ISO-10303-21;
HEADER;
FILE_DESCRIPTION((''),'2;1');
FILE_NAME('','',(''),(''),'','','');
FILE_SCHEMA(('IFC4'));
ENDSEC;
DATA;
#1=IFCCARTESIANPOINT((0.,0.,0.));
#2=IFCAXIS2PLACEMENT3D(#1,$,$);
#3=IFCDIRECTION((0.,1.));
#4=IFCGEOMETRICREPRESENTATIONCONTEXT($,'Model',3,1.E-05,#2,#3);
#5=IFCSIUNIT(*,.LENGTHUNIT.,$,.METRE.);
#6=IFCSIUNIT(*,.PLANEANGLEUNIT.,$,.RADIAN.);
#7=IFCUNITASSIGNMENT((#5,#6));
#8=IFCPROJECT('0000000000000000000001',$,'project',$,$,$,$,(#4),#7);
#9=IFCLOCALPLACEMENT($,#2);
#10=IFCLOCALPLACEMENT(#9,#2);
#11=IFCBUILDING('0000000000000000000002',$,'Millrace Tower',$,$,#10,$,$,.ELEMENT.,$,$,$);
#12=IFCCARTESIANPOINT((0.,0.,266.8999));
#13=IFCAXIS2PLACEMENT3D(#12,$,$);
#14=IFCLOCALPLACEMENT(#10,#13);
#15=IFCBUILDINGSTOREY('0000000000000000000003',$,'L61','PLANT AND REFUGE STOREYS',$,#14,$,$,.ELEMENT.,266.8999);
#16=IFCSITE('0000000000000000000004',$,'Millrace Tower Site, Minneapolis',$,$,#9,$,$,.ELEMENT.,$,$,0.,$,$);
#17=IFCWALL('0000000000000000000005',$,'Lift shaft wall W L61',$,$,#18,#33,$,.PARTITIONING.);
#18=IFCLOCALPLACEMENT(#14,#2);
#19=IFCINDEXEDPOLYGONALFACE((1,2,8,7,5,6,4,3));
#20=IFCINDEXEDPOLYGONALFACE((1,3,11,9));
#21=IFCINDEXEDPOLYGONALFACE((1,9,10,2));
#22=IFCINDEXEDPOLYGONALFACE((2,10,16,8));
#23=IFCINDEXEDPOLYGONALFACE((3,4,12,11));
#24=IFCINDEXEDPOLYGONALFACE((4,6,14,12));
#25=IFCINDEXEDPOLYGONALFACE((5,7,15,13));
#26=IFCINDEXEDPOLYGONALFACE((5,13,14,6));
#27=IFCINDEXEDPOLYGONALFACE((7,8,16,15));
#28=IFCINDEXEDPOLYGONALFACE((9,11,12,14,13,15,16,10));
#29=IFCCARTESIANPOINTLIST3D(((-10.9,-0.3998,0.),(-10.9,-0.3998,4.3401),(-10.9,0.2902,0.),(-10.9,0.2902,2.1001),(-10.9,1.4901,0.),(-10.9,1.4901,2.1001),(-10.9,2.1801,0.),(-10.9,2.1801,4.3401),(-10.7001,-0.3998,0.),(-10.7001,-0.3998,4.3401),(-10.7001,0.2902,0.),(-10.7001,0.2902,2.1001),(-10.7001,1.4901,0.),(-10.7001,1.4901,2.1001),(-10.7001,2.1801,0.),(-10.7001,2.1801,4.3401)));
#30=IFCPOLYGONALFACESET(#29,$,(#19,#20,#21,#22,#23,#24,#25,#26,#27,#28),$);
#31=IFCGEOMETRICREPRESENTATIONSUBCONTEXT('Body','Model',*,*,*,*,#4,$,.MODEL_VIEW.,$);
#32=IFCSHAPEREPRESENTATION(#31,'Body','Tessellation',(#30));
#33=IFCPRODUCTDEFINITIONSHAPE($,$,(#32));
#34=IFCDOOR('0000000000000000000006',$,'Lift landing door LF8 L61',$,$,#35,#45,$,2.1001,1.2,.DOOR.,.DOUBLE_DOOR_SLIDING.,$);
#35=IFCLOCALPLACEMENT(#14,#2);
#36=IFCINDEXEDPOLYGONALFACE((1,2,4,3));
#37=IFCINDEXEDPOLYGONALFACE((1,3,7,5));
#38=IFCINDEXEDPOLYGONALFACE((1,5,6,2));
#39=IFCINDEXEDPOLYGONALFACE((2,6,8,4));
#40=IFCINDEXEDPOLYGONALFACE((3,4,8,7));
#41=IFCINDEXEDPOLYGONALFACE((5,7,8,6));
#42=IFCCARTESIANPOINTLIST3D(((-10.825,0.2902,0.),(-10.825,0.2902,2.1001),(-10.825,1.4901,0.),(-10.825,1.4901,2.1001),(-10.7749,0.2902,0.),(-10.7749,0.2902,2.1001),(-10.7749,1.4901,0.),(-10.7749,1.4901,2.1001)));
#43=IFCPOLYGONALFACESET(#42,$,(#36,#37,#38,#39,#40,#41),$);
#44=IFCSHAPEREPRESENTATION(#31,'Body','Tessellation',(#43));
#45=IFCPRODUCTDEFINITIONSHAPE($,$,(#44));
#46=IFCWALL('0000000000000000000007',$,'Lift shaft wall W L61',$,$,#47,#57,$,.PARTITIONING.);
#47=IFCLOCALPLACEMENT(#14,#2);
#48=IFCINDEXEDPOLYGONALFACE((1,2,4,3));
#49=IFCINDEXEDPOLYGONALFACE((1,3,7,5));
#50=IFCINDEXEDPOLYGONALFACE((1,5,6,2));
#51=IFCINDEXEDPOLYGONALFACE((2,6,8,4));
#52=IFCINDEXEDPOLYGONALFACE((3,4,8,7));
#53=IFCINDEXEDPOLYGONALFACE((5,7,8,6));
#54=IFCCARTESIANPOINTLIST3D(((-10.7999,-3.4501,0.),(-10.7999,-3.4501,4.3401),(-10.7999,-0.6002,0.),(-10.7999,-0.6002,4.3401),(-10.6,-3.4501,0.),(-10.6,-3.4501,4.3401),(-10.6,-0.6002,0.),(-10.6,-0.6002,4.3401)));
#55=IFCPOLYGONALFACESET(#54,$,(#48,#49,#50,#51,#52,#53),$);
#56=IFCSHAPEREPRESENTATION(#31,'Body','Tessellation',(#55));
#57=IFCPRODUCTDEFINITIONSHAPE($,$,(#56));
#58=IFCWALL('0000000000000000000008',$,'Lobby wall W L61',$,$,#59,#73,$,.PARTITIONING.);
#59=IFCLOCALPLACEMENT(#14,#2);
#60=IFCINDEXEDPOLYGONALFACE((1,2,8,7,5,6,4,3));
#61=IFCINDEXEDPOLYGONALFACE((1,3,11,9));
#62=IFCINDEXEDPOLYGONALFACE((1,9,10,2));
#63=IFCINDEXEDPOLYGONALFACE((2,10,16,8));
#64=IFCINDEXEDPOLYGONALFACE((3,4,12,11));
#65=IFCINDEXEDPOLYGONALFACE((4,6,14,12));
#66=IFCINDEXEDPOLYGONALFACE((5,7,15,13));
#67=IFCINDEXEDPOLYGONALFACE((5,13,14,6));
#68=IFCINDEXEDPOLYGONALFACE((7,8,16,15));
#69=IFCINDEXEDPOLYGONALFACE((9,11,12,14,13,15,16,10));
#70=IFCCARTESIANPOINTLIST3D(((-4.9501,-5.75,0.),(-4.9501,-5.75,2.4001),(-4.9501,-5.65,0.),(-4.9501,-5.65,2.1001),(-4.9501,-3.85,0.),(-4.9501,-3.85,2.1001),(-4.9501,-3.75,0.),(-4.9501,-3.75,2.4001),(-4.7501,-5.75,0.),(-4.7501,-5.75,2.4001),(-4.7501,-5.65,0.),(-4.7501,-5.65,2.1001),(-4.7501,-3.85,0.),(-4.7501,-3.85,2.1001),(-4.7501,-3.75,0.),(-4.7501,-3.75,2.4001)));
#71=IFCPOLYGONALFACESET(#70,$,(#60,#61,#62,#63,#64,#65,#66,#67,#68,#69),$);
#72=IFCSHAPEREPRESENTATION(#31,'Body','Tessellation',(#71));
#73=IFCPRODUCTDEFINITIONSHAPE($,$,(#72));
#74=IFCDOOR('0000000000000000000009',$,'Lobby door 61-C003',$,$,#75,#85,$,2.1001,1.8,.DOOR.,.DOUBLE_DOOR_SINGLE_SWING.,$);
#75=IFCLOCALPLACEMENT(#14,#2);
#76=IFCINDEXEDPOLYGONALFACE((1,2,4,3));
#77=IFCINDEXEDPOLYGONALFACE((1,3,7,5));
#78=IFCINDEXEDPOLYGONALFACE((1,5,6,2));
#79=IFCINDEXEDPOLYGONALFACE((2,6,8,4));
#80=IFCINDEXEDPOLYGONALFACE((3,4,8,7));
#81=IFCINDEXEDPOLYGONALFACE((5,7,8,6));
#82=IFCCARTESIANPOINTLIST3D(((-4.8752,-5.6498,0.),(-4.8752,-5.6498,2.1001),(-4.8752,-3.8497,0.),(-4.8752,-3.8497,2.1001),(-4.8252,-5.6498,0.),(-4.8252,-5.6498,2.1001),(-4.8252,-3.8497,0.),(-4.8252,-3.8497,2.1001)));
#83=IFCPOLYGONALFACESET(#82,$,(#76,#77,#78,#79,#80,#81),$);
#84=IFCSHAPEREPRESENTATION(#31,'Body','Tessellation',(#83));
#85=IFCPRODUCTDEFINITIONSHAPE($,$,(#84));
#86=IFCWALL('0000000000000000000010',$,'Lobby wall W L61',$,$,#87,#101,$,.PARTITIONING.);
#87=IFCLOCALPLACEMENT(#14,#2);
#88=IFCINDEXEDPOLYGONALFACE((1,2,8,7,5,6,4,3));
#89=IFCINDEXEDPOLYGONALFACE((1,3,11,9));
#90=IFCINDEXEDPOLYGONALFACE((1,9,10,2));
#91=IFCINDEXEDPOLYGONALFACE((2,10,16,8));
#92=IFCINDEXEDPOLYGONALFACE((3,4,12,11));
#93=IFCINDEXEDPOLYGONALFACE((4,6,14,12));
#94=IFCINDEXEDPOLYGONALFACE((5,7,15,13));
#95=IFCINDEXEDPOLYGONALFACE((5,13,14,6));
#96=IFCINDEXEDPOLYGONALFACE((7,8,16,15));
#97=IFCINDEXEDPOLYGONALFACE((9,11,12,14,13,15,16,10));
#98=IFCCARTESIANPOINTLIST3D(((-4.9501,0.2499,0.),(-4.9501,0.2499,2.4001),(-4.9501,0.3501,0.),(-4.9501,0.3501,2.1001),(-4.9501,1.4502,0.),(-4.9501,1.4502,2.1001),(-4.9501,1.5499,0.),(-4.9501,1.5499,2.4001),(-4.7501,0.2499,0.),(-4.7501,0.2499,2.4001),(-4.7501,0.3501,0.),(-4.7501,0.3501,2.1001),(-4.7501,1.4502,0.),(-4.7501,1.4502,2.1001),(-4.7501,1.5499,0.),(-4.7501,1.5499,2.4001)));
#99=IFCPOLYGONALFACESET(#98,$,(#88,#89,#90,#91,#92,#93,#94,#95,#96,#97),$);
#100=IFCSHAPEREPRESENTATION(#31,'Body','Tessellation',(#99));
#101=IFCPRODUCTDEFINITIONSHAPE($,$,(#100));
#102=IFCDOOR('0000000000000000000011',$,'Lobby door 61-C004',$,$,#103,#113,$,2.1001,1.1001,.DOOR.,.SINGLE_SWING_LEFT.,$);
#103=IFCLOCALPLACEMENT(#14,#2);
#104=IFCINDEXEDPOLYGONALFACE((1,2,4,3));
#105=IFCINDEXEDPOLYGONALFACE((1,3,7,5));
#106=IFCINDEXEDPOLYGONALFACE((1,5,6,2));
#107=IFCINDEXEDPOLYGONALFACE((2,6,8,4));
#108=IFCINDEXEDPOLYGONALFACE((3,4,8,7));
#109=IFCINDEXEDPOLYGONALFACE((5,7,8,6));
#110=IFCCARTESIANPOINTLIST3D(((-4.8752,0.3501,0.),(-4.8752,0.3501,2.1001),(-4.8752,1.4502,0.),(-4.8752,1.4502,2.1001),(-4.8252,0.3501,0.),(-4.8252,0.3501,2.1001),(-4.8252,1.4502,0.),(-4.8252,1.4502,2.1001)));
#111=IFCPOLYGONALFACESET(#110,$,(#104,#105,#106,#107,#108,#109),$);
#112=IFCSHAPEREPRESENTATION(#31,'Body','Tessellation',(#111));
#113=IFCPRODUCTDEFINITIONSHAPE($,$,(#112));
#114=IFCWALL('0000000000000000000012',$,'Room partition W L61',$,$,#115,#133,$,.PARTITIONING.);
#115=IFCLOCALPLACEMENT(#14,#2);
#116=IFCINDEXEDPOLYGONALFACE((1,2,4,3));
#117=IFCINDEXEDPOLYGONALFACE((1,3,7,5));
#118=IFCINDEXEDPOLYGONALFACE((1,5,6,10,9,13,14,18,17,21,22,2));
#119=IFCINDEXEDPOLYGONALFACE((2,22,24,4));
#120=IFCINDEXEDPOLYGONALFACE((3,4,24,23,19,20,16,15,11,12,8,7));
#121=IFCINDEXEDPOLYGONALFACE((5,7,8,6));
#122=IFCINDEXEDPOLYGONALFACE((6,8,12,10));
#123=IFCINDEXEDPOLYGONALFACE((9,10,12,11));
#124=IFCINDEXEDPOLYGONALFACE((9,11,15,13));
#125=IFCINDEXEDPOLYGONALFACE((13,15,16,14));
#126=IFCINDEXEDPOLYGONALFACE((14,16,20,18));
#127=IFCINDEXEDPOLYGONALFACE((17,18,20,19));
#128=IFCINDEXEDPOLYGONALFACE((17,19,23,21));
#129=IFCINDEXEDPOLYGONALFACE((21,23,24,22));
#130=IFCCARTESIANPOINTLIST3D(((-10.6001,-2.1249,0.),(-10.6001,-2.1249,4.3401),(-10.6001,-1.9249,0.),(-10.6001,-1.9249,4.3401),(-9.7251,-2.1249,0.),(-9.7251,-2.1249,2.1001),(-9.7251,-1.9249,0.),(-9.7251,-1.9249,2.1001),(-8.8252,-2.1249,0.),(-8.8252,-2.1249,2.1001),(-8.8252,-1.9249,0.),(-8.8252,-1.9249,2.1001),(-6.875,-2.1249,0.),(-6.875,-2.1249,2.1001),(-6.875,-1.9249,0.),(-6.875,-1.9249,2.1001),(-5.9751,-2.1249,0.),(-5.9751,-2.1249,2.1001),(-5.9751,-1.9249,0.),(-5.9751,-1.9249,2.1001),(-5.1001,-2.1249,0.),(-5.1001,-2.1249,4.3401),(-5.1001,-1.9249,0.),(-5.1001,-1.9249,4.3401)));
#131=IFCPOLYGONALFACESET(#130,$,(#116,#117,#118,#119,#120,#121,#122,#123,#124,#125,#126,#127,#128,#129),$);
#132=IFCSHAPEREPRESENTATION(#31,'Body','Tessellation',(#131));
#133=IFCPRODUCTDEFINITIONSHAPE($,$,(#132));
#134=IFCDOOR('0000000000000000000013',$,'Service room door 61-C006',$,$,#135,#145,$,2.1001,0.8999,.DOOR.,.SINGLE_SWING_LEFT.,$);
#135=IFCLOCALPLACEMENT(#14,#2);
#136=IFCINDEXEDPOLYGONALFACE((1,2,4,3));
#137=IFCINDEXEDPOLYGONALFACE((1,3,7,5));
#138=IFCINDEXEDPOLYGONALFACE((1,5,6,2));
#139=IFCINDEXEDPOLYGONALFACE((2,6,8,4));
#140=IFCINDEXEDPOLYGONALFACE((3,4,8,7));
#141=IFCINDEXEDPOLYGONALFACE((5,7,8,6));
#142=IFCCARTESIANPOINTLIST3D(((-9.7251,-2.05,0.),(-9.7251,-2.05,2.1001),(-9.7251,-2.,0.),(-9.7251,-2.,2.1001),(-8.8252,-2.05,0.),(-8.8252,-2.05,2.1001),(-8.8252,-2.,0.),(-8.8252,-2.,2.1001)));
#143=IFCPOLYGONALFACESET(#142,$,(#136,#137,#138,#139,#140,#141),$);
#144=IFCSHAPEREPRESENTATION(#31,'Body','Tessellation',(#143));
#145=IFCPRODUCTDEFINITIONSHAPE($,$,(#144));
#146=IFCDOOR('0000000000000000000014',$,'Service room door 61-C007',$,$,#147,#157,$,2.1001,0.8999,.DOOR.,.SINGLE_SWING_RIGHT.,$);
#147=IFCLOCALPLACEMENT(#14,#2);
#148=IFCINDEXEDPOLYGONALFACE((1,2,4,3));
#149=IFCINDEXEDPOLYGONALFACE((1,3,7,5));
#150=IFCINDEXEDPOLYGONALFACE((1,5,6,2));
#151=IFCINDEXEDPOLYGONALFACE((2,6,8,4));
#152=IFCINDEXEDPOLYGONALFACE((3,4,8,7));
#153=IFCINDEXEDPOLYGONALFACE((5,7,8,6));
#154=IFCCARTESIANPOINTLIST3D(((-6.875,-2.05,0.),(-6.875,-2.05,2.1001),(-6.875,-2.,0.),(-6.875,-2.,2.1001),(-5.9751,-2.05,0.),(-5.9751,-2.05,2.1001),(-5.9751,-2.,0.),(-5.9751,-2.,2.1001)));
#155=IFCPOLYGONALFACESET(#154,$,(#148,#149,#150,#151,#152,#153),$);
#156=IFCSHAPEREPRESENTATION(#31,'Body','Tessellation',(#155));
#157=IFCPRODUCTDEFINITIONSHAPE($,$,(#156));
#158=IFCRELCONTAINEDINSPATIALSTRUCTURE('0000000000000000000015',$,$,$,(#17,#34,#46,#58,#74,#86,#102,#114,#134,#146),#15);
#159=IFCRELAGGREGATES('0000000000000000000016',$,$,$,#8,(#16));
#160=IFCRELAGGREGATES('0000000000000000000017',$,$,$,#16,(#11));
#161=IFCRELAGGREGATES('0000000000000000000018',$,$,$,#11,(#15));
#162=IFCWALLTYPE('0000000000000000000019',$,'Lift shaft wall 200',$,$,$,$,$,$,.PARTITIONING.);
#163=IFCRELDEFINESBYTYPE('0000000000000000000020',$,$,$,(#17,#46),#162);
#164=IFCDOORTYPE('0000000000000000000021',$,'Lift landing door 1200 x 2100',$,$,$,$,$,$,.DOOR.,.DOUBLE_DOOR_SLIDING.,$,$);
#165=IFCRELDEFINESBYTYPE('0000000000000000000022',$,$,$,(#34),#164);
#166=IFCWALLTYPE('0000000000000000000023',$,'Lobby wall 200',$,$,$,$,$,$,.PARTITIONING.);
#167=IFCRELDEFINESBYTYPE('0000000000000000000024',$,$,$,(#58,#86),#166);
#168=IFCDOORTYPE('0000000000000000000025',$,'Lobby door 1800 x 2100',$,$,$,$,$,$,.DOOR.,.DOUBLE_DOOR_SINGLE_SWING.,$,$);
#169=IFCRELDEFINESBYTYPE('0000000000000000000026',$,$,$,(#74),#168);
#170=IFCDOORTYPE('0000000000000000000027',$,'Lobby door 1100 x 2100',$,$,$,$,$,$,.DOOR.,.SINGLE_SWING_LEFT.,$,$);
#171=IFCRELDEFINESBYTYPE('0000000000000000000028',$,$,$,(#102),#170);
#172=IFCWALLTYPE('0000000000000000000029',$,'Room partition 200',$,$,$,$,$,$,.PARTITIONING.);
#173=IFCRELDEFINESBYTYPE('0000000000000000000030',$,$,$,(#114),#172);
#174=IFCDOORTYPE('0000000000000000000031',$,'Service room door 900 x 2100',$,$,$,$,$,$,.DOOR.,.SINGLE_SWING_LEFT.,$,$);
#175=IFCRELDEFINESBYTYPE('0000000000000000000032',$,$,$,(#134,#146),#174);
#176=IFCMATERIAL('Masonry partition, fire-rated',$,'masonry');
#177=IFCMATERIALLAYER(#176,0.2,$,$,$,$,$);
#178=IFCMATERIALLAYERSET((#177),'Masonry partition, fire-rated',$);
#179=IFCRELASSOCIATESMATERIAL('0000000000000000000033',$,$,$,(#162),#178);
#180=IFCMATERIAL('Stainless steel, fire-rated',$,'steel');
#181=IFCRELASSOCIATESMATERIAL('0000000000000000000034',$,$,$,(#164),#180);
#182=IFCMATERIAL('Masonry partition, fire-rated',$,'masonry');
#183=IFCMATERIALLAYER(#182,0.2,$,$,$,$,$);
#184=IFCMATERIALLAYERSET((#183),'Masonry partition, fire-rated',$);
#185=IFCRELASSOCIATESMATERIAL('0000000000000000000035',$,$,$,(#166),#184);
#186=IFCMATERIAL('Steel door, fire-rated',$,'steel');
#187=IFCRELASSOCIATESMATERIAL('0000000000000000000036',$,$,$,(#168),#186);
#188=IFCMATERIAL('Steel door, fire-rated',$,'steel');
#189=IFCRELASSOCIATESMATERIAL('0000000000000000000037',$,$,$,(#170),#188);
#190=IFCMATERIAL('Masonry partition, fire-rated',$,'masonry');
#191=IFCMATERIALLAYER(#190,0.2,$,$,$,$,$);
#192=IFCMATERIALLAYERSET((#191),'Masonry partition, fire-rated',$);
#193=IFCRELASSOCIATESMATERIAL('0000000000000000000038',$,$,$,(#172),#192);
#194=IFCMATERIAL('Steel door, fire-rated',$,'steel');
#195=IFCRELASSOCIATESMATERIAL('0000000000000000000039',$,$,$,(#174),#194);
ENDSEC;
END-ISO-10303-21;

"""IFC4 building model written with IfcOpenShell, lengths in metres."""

from ifc_helpers import new_model, si_unit, direction, frame, frame_2d, origin, place, context, subcontext, project, spatial, rectangle, extrude, material, layer, layer_set, type_object, element, fill, save


model = new_model("IFC4")

# Units and contexts
model_context = context("Model", 3, precision=1e-05, world=origin(), true_north=direction((0.0, 1.0)))
body_context = subcontext(model_context, "Body", "Model", "MODEL_VIEW")
ifc_project = project(units=[si_unit("LENGTHUNIT", "METRE"), si_unit("PLANEANGLEUNIT", "RADIAN")], contexts=[model_context])

# Site, building, storey
site_placement = place(None, origin())
site = spatial("IfcSite", under=ifc_project, at=site_placement, Name="Millrace Tower Site, Minneapolis", CompositionType="ELEMENT", RefElevation=0.0)
building_placement = place(site_placement, origin())
building = spatial("IfcBuilding", under=site, at=building_placement, Name="Millrace Tower", CompositionType="ELEMENT")
storey_placement = place(building_placement, frame((0.0, 0.0, 266.8999)))
storey = spatial("IfcBuildingStorey", under=building, at=storey_placement, Name="L61", Description="PLANT AND REFUGE STOREYS", CompositionType="ELEMENT", Elevation=266.8999)

# Wall, opening, door
ifc_material_1 = material(Name="Masonry partition, fire-rated", Category="masonry")
ifc_layer_1 = layer(ifc_material_1, 0.2)
ifc_layer_set_1 = layer_set([ifc_layer_1], Name="Masonry partition, fire-rated")
wall_type_1 = type_object("IfcWallType", Name="Lift shaft wall 200", PredefinedType="PARTITIONING", material=ifc_layer_set_1)
wall_1_placement = place(storey_placement, frame((-10.8, -0.3999, 0.0), z_axis=(0.0, 0.0, 1.0), x_axis=(0.0, 1.0, 0.0)))
wall_1 = element("IfcWall", 1, at=wall_1_placement, inside=storey, type_object=wall_type_1, Name="Lift shaft wall W L61", PredefinedType="PARTITIONING", context=body_context, shape_type="SweptSolid", body=[
    extrude(rectangle(XDim=2.5798, YDim=0.2, at=frame_2d((1.29, 0.0))), origin(), (0.0, 0.0, 1.0), 4.3401),
])
opening_1_placement = place(wall_1_placement, frame((0.6899, 0.0, 0.0)))
opening_1 = element("IfcOpeningElement", 2, at=opening_1_placement, cuts=wall_1, PredefinedType="OPENING", context=body_context, shape_type="SweptSolid", body=[
    extrude(rectangle(XDim=1.2, YDim=2.1001, at=frame_2d((0.6001, 1.05))), frame((0.0, 0.1099, 0.0), z_axis=(0.0, -1.0, 0.0), x_axis=(1.0, 0.0, 0.0)), (0.0, 0.0, 1.0), 0.22),
])
ifc_material_2 = material(Name="Stainless steel, fire-rated", Category="steel")
door_type_1 = type_object("IfcDoorType", Name="Lift landing door 1200 x 2100", OperationType="DOUBLE_DOOR_SLIDING", PredefinedType="DOOR", material=ifc_material_2)
door_1_placement = place(opening_1_placement, origin())
door_1 = element("IfcDoor", 3, at=door_1_placement, inside=storey, type_object=door_type_1, Name="Lift landing door LF8 L61", OperationType="DOUBLE_DOOR_SLIDING", OverallHeight=2.1001, OverallWidth=1.2, PredefinedType="DOOR", context=body_context, shape_type="SweptSolid", body=[
    extrude(rectangle(XDim=1.2, YDim=2.1001, at=frame_2d((0.6001, 1.05))), frame((0.0, 0.0249, 0.0), z_axis=(0.0, -1.0, 0.0), x_axis=(1.0, 0.0, 0.0)), (0.0, 0.0, 1.0), 0.05),
])
fill(opening_1, door_1)

# Wall
wall_2_placement = place(storey_placement, frame((-10.7, -3.45, 0.0), z_axis=(0.0, 0.0, 1.0), x_axis=(0.0, 1.0, 0.0)))
element("IfcWall", 4, at=wall_2_placement, inside=storey, type_object=wall_type_1, Name="Lift shaft wall W L61", PredefinedType="PARTITIONING", context=body_context, shape_type="SweptSolid", body=[
    extrude(rectangle(XDim=2.8499, YDim=0.2, at=frame_2d((1.4248, 0.0))), origin(), (0.0, 0.0, 1.0), 4.3401),
])

# Walls, openings, doors
ifc_material_3 = material(Name="Masonry partition, fire-rated", Category="masonry")
ifc_layer_2 = layer(ifc_material_3, 0.2)
ifc_layer_set_2 = layer_set([ifc_layer_2], Name="Masonry partition, fire-rated")
wall_type_2 = type_object("IfcWallType", Name="Lobby wall 200", PredefinedType="PARTITIONING", material=ifc_layer_set_2)
wall_3_placement = place(storey_placement, frame((-4.8501, -5.75, 0.0), z_axis=(0.0, 0.0, 1.0), x_axis=(0.0, 1.0, 0.0)))
wall_3 = element("IfcWall", 5, at=wall_3_placement, inside=storey, type_object=wall_type_2, Name="Lobby wall W L61", PredefinedType="PARTITIONING", context=body_context, shape_type="SweptSolid", body=[
    extrude(rectangle(XDim=2.0, YDim=0.2, at=frame_2d((1.0, 0.0))), origin(), (0.0, 0.0, 1.0), 2.4001),
])
opening_2_placement = place(wall_3_placement, frame((0.1001, 0.0, 0.0)))
opening_2 = element("IfcOpeningElement", 6, at=opening_2_placement, cuts=wall_3, PredefinedType="OPENING", context=body_context, shape_type="SweptSolid", body=[
    extrude(rectangle(XDim=1.8, YDim=2.1001, at=frame_2d((0.8999, 1.05))), frame((0.0, 0.1099, 0.0), z_axis=(0.0, -1.0, 0.0), x_axis=(1.0, 0.0, 0.0)), (0.0, 0.0, 1.0), 0.22),
])
ifc_material_4 = material(Name="Steel door, fire-rated", Category="steel")
door_type_2 = type_object("IfcDoorType", Name="Lobby door 1800 x 2100", OperationType="DOUBLE_DOOR_SINGLE_SWING", PredefinedType="DOOR", material=ifc_material_4)
door_2_placement = place(opening_2_placement, frame((1.8, 0.0, 0.0), z_axis=(0.0, 0.0, 1.0), x_axis=(-1.0, 0.0, 0.0)))
door_2 = element("IfcDoor", 7, at=door_2_placement, inside=storey, type_object=door_type_2, Name="Lobby door 61-C003", OperationType="DOUBLE_DOOR_SINGLE_SWING", OverallHeight=2.1001, OverallWidth=1.8, PredefinedType="DOOR", context=body_context, shape_type="SweptSolid", body=[
    extrude(rectangle(XDim=1.8, YDim=2.1001, at=frame_2d((0.8999, 1.05))), frame((0.0, 0.0249, 0.0), z_axis=(0.0, -1.0, 0.0), x_axis=(1.0, 0.0, 0.0)), (0.0, 0.0, 1.0), 0.05),
])
fill(opening_2, door_2)
wall_4_placement = place(storey_placement, frame((-4.8501, 0.25, 0.0), z_axis=(0.0, 0.0, 1.0), x_axis=(0.0, 1.0, 0.0)))
wall_4 = element("IfcWall", 8, at=wall_4_placement, inside=storey, type_object=wall_type_2, Name="Lobby wall W L61", PredefinedType="PARTITIONING", context=body_context, shape_type="SweptSolid", body=[
    extrude(rectangle(XDim=1.3, YDim=0.2, at=frame_2d((0.6499, 0.0))), origin(), (0.0, 0.0, 1.0), 2.4001),
])
opening_3_placement = place(wall_4_placement, frame((0.1001, 0.0, 0.0)))
opening_3 = element("IfcOpeningElement", 9, at=opening_3_placement, cuts=wall_4, PredefinedType="OPENING", context=body_context, shape_type="SweptSolid", body=[
    extrude(rectangle(XDim=1.1001, YDim=2.1001, at=frame_2d((0.55, 1.05))), frame((0.0, 0.1099, 0.0), z_axis=(0.0, -1.0, 0.0), x_axis=(1.0, 0.0, 0.0)), (0.0, 0.0, 1.0), 0.22),
])
ifc_material_5 = material(Name="Steel door, fire-rated", Category="steel")
door_type_3 = type_object("IfcDoorType", Name="Lobby door 1100 x 2100", OperationType="SINGLE_SWING_LEFT", PredefinedType="DOOR", material=ifc_material_5)
door_3_placement = place(opening_3_placement, frame((1.1001, 0.0, 0.0), z_axis=(0.0, 0.0, 1.0), x_axis=(-1.0, 0.0, 0.0)))
door_3 = element("IfcDoor", 10, at=door_3_placement, inside=storey, type_object=door_type_3, Name="Lobby door 61-C004", OperationType="SINGLE_SWING_LEFT", OverallHeight=2.1001, OverallWidth=1.1001, PredefinedType="DOOR", context=body_context, shape_type="SweptSolid", body=[
    extrude(rectangle(XDim=1.1001, YDim=2.1001, at=frame_2d((0.55, 1.05))), frame((0.0, 0.0249, 0.0), z_axis=(0.0, -1.0, 0.0), x_axis=(1.0, 0.0, 0.0)), (0.0, 0.0, 1.0), 0.05),
])
fill(opening_3, door_3)

# Wall, openings, doors
ifc_material_6 = material(Name="Masonry partition, fire-rated", Category="masonry")
ifc_layer_3 = layer(ifc_material_6, 0.2)
ifc_layer_set_3 = layer_set([ifc_layer_3], Name="Masonry partition, fire-rated")
wall_type_3 = type_object("IfcWallType", Name="Room partition 200", PredefinedType="PARTITIONING", material=ifc_layer_set_3)
wall_5_placement = place(storey_placement, frame((-10.6001, -2.0249, 0.0), z_axis=(0.0, 0.0, 1.0), x_axis=(1.0, 0.0, 0.0)))
wall_5 = element("IfcWall", 11, at=wall_5_placement, inside=storey, type_object=wall_type_3, Name="Room partition W L61", PredefinedType="PARTITIONING", context=body_context, shape_type="SweptSolid", body=[
    extrude(rectangle(XDim=5.5, YDim=0.2, at=frame_2d((2.75, 0.0))), origin(), (0.0, 0.0, 1.0), 4.3401),
])
opening_4_placement = place(wall_5_placement, frame((0.875, 0.0, 0.0)))
opening_4 = element("IfcOpeningElement", 12, at=opening_4_placement, cuts=wall_5, PredefinedType="OPENING", context=body_context, shape_type="SweptSolid", body=[
    extrude(rectangle(XDim=0.8999, YDim=2.1001, at=frame_2d((0.45, 1.05))), frame((0.0, 0.1099, 0.0), z_axis=(0.0, -1.0, 0.0), x_axis=(1.0, 0.0, 0.0)), (0.0, 0.0, 1.0), 0.22),
])
opening_5_placement = place(wall_5_placement, frame((3.7251, 0.0, 0.0)))
opening_5 = element("IfcOpeningElement", 13, at=opening_5_placement, cuts=wall_5, PredefinedType="OPENING", context=body_context, shape_type="SweptSolid", body=[
    extrude(rectangle(XDim=0.8999, YDim=2.1001, at=frame_2d((0.45, 1.05))), frame((0.0, 0.1099, 0.0), z_axis=(0.0, -1.0, 0.0), x_axis=(1.0, 0.0, 0.0)), (0.0, 0.0, 1.0), 0.22),
])
ifc_material_7 = material(Name="Steel door, fire-rated", Category="steel")
door_type_4 = type_object("IfcDoorType", Name="Service room door 900 x 2100", OperationType="SINGLE_SWING_LEFT", PredefinedType="DOOR", material=ifc_material_7)
door_4_placement = place(opening_4_placement, origin())
door_4 = element("IfcDoor", 14, at=door_4_placement, inside=storey, type_object=door_type_4, Name="Service room door 61-C006", OperationType="SINGLE_SWING_LEFT", OverallHeight=2.1001, OverallWidth=0.8999, PredefinedType="DOOR", context=body_context, shape_type="SweptSolid", body=[
    extrude(rectangle(XDim=0.8999, YDim=2.1001, at=frame_2d((0.45, 1.05))), frame((0.0, 0.0249, 0.0), z_axis=(0.0, -1.0, 0.0), x_axis=(1.0, 0.0, 0.0)), (0.0, 0.0, 1.0), 0.05),
])
fill(opening_4, door_4)
door_5_placement = place(opening_5_placement, origin())
door_5 = element("IfcDoor", 15, at=door_5_placement, inside=storey, type_object=door_type_4, Name="Service room door 61-C007", OperationType="SINGLE_SWING_RIGHT", OverallHeight=2.1001, OverallWidth=0.8999, PredefinedType="DOOR", context=body_context, shape_type="SweptSolid", body=[
    extrude(rectangle(XDim=0.8999, YDim=2.1001, at=frame_2d((0.45, 1.05))), frame((0.0, 0.0249, 0.0), z_axis=(0.0, -1.0, 0.0), x_axis=(1.0, 0.0, 0.0)), (0.0, 0.0, 1.0), 0.05),
])
fill(opening_5, door_5)

save(model, "model.ifc")
